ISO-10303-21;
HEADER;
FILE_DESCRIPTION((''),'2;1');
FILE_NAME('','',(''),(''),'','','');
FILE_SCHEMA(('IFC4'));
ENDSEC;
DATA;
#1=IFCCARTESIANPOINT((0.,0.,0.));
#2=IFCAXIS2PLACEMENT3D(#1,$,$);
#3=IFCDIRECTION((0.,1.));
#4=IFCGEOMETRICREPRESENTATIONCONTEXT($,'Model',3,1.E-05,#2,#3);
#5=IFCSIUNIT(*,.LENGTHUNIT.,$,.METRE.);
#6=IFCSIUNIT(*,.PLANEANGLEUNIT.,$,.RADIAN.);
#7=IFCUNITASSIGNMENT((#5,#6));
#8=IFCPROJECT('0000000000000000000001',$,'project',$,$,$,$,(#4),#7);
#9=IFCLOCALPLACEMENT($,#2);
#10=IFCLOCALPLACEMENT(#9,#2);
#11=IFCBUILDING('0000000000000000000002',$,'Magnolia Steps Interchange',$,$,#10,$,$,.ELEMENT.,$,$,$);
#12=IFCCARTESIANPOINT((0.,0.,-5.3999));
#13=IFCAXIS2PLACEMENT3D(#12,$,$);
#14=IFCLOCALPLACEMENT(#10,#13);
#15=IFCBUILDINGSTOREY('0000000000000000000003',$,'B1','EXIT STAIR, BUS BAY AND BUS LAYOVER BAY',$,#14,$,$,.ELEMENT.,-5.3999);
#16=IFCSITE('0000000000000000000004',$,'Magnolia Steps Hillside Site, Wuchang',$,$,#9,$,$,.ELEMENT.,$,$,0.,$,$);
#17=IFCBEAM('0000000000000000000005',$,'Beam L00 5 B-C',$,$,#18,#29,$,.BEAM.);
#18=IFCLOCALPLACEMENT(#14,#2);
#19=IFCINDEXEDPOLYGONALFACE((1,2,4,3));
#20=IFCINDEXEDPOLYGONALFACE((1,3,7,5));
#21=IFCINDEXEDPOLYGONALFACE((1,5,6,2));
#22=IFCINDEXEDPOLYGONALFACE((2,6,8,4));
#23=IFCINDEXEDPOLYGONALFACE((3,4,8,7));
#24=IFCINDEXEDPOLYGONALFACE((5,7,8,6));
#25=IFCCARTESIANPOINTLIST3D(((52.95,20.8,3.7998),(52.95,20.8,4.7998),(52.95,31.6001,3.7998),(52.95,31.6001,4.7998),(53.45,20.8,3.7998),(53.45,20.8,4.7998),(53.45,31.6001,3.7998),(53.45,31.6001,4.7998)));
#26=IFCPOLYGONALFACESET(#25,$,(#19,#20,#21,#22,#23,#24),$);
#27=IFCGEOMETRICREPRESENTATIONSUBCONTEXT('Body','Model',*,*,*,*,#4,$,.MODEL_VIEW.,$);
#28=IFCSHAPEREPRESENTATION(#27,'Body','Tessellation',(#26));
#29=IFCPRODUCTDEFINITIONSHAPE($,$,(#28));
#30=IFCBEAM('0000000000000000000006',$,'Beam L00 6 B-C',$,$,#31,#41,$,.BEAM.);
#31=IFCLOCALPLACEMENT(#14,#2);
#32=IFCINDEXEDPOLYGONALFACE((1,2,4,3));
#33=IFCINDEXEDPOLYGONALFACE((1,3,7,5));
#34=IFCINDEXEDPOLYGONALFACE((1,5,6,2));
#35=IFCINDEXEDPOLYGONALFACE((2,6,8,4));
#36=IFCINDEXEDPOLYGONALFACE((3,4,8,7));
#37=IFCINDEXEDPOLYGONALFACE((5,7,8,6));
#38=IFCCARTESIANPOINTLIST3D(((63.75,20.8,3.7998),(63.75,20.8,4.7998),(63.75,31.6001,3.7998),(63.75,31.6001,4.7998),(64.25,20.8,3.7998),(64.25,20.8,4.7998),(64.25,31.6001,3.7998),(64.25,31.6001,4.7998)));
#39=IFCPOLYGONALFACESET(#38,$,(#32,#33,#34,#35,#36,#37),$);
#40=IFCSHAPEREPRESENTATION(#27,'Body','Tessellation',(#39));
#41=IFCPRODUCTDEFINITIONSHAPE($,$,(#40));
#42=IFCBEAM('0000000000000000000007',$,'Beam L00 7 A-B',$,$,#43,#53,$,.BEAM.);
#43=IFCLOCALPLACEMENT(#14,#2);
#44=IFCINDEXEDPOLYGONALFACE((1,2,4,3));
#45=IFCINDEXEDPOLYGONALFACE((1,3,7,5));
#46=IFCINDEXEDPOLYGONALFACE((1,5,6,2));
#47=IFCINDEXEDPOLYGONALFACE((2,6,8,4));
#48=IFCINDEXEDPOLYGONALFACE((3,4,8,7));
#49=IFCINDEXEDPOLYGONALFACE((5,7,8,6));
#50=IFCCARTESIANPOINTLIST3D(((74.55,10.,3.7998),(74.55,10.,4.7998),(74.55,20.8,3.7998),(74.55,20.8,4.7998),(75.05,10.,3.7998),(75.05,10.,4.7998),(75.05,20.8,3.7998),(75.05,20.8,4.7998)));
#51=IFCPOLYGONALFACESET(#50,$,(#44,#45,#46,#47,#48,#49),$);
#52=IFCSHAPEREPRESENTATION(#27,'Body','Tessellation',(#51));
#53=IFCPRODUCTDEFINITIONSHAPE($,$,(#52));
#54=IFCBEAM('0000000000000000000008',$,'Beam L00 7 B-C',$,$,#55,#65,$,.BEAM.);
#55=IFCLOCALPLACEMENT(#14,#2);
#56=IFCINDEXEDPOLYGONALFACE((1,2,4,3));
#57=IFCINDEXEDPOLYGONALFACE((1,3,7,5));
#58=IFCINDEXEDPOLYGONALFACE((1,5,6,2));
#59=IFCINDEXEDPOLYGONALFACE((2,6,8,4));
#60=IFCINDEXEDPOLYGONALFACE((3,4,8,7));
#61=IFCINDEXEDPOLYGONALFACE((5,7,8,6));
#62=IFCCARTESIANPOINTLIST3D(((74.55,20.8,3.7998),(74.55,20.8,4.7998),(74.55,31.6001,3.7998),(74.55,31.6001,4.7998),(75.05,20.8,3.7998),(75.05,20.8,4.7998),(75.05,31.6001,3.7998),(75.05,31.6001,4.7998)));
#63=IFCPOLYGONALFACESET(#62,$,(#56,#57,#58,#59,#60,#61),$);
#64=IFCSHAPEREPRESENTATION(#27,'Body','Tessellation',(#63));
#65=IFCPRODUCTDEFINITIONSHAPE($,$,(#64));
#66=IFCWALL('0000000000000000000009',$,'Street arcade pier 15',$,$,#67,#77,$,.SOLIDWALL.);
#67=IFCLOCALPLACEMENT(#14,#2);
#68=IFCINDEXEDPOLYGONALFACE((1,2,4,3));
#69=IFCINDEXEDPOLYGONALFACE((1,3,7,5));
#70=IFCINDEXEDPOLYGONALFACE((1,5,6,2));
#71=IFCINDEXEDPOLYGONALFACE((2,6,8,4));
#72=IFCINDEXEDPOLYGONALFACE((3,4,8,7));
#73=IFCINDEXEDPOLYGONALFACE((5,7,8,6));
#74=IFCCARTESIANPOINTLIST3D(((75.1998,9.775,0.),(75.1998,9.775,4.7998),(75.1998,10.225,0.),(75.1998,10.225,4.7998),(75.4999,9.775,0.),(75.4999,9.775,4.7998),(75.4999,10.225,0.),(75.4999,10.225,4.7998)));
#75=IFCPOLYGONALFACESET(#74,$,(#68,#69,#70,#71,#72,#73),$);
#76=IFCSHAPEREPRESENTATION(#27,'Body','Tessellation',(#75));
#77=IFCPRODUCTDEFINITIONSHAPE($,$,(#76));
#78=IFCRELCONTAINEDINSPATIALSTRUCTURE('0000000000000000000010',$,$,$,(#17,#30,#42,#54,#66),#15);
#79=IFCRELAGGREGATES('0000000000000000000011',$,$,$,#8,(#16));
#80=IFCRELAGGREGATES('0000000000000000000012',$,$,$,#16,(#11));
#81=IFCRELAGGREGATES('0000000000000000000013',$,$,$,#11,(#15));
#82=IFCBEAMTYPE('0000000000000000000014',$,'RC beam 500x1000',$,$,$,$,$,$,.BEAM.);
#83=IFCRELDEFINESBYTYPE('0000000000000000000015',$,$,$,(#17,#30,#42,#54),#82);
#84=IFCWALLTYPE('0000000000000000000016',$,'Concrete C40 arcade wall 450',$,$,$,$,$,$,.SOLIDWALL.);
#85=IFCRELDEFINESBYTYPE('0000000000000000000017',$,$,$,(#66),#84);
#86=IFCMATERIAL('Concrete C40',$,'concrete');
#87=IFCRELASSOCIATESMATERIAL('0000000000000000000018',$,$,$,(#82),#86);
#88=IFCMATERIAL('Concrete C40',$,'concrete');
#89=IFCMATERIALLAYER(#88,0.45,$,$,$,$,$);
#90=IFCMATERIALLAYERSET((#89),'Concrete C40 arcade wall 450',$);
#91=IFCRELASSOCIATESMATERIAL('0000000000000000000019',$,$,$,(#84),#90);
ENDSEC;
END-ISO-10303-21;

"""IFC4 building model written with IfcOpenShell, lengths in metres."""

from ifc_helpers import new_model, si_unit, direction, frame, frame_2d, origin, origin_2d, place, context, subcontext, project, spatial, rectangle, extrude, material, layer, layer_set, material_profile, profile_set, type_object, element, save


model = new_model("IFC4")

# Units and contexts
model_context = context("Model", 3, precision=1e-05, world=origin(), true_north=direction((0.0, 1.0)))
body_context = subcontext(model_context, "Body", "Model", "MODEL_VIEW")
ifc_project = project(units=[si_unit("LENGTHUNIT", "METRE"), si_unit("PLANEANGLEUNIT", "RADIAN")], contexts=[model_context])

# Site, building, storey
site_placement = place(None, origin())
site = spatial("IfcSite", under=ifc_project, at=site_placement, Name="Magnolia Steps Hillside Site, Wuchang", CompositionType="ELEMENT", RefElevation=0.0)
building_placement = place(site_placement, origin())
building = spatial("IfcBuilding", under=site, at=building_placement, Name="Magnolia Steps Interchange", CompositionType="ELEMENT")
storey_placement = place(building_placement, frame((0.0, 0.0, -5.3999)))
storey = spatial("IfcBuildingStorey", under=building, at=storey_placement, Name="B1", Description="EXIT STAIR, BUS BAY AND BUS LAYOVER BAY", CompositionType="ELEMENT", Elevation=-5.3999)

# Beams
ifc_material_1 = material(Name="Concrete C40", Category="concrete")
ifc_material_profile_1 = material_profile(ifc_material_1, rectangle(XDim=0.5, YDim=1.0, at=origin_2d()), Name="RC500x1000")
ifc_profile_set_1 = profile_set([ifc_material_profile_1], Name="Concrete C40")
beam_type = type_object("IfcBeamType", Name="RC beam 500x1000", PredefinedType="BEAM", material=ifc_profile_set_1)
for number, where, z_axis, x_axis, name in (
    (1, (53.2, 20.8, 4.2998), (0.0, 1.0, 0.0), (-1.0, 0.0, 0.0), "Beam L00 5 B-C"),
    (2, (64.0, 20.8, 4.2998), (0.0, 1.0, 0.0), (-1.0, 0.0, 0.0), "Beam L00 6 B-C"),
    (3, (74.8, 10.0, 4.2998), (0.0, 1.0, 0.0), (-1.0, 0.0, 0.0), "Beam L00 7 A-B"),
    (4, (74.8, 20.8, 4.2998), (0.0, 1.0, 0.0), (-1.0, 0.0, 0.0), "Beam L00 7 B-C"),
):
    element("IfcBeam", number, at=place(storey_placement, frame(where, z_axis=z_axis, x_axis=x_axis)), inside=storey, type_object=beam_type, Name=name, PredefinedType="BEAM", context=body_context, shape_type="SweptSolid", body=[
        extrude(rectangle(XDim=0.5, YDim=1.0, at=origin_2d()), origin(), (0.0, 0.0, 1.0), 10.8),
    ])

# Wall
ifc_material_2 = material(Name="Concrete C40", Category="concrete")
ifc_layer_1 = layer(ifc_material_2, 0.45)
ifc_layer_set_1 = layer_set([ifc_layer_1], Name="Concrete C40 arcade wall 450")
wall_type = type_object("IfcWallType", Name="Concrete C40 arcade wall 450", PredefinedType="SOLIDWALL", material=ifc_layer_set_1)
wall_placement = place(storey_placement, frame((75.2, 10.0, 0.0), z_axis=(0.0, 0.0, 1.0), x_axis=(1.0, 0.0, 0.0)))
element("IfcWall", 5, at=wall_placement, inside=storey, type_object=wall_type, Name="Street arcade pier 15", PredefinedType="SOLIDWALL", context=body_context, shape_type="SweptSolid", body=[
    extrude(rectangle(XDim=0.3, YDim=0.45, at=frame_2d((0.1499, 0.0))), origin(), (0.0, 0.0, 1.0), 4.7998),
])

save(model, "model.ifc")
